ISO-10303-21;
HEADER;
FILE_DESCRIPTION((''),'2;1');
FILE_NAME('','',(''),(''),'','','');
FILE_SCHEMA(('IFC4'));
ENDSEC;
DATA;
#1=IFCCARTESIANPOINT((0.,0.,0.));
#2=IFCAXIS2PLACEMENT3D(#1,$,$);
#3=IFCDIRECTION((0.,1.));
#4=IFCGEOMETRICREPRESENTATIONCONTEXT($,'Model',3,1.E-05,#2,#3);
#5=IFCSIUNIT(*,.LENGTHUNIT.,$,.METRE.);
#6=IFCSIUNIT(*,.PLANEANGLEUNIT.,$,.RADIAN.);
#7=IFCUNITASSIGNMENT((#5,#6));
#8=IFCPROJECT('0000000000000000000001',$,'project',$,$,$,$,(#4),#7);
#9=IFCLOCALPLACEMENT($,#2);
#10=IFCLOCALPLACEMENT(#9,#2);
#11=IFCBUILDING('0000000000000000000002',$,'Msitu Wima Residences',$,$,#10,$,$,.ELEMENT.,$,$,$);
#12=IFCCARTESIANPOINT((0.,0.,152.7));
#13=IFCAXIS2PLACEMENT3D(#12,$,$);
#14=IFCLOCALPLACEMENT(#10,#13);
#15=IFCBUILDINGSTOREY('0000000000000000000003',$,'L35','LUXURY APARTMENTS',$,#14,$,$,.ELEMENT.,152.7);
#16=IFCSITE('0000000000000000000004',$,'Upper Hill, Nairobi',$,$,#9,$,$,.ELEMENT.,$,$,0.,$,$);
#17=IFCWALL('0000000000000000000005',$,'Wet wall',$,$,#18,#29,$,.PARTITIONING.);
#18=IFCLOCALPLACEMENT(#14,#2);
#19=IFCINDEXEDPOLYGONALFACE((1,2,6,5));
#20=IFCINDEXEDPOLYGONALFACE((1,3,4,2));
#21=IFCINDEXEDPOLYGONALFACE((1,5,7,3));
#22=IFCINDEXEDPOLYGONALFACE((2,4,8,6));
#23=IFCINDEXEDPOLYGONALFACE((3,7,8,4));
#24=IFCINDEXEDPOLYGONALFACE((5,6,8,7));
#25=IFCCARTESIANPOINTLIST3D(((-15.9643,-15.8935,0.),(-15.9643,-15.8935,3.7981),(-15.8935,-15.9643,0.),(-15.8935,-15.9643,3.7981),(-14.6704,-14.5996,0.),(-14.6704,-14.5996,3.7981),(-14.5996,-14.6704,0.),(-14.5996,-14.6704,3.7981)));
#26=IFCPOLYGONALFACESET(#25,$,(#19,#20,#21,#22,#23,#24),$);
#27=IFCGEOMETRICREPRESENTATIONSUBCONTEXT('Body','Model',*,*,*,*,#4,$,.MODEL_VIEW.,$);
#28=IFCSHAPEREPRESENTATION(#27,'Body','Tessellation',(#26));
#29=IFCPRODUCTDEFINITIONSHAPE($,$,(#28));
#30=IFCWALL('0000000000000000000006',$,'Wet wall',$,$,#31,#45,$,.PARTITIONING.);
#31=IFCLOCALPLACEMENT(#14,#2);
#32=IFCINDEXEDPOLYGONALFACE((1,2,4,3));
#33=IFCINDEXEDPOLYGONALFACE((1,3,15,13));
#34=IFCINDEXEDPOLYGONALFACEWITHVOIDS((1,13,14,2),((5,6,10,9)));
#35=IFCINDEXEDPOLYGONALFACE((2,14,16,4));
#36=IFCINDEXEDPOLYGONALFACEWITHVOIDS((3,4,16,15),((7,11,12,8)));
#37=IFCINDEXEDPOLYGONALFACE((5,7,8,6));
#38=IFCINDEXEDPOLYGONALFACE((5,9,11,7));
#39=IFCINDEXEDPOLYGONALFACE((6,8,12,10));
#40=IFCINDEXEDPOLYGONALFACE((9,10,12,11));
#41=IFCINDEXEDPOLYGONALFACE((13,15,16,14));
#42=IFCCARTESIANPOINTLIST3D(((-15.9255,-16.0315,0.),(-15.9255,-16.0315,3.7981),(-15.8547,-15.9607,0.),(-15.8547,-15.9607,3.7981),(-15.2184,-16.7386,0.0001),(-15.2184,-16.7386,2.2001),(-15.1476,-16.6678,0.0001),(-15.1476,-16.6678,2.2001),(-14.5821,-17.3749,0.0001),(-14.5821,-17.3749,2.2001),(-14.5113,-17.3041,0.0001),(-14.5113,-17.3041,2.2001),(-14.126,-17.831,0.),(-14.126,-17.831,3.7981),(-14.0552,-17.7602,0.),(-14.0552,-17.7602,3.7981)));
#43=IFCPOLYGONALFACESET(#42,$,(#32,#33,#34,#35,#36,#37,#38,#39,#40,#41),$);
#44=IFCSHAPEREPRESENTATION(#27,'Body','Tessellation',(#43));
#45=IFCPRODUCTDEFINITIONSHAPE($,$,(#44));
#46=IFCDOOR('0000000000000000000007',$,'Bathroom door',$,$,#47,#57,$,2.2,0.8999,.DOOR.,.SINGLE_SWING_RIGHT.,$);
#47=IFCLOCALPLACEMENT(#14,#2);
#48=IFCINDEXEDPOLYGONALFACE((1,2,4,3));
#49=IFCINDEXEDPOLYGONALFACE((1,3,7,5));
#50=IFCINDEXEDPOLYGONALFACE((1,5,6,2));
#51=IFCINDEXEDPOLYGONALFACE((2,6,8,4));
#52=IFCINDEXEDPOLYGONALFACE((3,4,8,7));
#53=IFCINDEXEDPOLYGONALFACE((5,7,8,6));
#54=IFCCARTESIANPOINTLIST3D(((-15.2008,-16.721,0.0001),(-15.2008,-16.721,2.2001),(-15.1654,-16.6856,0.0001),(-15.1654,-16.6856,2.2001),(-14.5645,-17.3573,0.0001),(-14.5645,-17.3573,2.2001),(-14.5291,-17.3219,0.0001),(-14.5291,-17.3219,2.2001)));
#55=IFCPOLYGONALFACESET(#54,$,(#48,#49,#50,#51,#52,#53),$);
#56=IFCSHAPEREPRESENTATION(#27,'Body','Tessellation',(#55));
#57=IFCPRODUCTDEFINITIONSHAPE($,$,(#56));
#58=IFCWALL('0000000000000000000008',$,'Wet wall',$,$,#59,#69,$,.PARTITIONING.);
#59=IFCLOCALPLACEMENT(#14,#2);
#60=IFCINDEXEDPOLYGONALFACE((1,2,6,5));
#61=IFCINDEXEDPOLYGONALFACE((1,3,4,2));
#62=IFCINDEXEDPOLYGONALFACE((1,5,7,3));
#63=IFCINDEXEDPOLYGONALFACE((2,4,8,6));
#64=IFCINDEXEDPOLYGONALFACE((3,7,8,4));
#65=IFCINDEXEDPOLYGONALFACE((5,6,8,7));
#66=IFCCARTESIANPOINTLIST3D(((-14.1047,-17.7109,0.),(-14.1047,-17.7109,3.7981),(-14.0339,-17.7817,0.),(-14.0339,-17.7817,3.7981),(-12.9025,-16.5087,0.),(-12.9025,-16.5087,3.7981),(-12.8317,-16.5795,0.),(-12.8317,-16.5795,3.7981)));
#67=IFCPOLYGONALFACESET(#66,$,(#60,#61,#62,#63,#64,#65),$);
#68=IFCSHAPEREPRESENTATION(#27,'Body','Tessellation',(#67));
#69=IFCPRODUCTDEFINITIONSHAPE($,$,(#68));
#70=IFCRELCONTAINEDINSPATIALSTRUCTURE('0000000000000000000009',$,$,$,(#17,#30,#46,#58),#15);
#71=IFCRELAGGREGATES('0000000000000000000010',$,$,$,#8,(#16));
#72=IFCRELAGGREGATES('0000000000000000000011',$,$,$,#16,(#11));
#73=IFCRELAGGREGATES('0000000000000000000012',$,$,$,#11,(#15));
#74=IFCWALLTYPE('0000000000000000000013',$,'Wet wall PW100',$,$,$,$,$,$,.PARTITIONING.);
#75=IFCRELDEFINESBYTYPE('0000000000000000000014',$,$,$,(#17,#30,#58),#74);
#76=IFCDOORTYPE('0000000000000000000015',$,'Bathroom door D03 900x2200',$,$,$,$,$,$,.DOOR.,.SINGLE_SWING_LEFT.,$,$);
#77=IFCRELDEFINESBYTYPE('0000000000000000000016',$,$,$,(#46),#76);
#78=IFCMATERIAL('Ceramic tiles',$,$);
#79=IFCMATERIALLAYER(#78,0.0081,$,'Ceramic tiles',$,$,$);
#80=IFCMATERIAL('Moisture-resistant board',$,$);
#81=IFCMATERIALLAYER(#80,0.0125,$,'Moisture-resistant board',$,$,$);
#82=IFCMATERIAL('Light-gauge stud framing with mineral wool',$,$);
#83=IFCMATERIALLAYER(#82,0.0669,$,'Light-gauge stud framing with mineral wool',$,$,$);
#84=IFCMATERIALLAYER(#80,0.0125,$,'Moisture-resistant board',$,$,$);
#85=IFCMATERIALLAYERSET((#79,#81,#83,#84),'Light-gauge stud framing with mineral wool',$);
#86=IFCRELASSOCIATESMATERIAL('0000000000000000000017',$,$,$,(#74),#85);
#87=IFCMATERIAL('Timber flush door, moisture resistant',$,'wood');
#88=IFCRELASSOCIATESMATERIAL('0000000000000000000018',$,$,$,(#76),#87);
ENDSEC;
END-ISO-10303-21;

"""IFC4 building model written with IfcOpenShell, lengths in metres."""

from ifc_helpers import new_model, si_unit, direction, frame, frame_2d, origin, place, context, subcontext, project, spatial, rectangle, extrude, material, layer, layer_set, type_object, element, fill, save


model = new_model("IFC4")

# Units and contexts
model_context = context("Model", 3, precision=1e-05, world=origin(), true_north=direction((0.0, 1.0)))
body_context = subcontext(model_context, "Body", "Model", "MODEL_VIEW")
ifc_project = project(units=[si_unit("LENGTHUNIT", "METRE"), si_unit("PLANEANGLEUNIT", "RADIAN")], contexts=[model_context])

# Site, building, storey
site_placement = place(None, origin())
site = spatial("IfcSite", under=ifc_project, at=site_placement, Name="Upper Hill, Nairobi", CompositionType="ELEMENT", RefElevation=0.0)
building_placement = place(site_placement, origin())
building = spatial("IfcBuilding", under=site, at=building_placement, Name="Msitu Wima Residences", CompositionType="ELEMENT")
storey_placement = place(building_placement, frame((0.0, 0.0, 152.7)))
storey = spatial("IfcBuildingStorey", under=building, at=storey_placement, Name="L35", Description="LUXURY APARTMENTS", CompositionType="ELEMENT", Elevation=152.7)

# Wall
ifc_material_1 = material(Name="Ceramic tiles")
ifc_layer_1 = layer(ifc_material_1, 0.0081, Name="Ceramic tiles")
ifc_material_2 = material(Name="Moisture-resistant board")
ifc_layer_2 = layer(ifc_material_2, 0.0125, Name="Moisture-resistant board")
ifc_material_3 = material(Name="Light-gauge stud framing with mineral wool")
ifc_layer_3 = layer(ifc_material_3, 0.0669, Name="Light-gauge stud framing with mineral wool")
ifc_layer_4 = layer(ifc_material_2, 0.0125, Name="Moisture-resistant board")
ifc_layer_set_1 = layer_set([ifc_layer_1, ifc_layer_2, ifc_layer_3, ifc_layer_4], Name="Light-gauge stud framing with mineral wool")
wall_type_1 = type_object("IfcWallType", Name="Wet wall PW100", PredefinedType="PARTITIONING", material=ifc_layer_set_1)
wall_1_placement = place(storey_placement, frame((-15.929, -15.929, 0.0), z_axis=(0.0, 0.0, 1.0), x_axis=(0.707107, 0.707107, 0.0)))
element("IfcWall", 1, at=wall_1_placement, inside=storey, type_object=wall_type_1, Name="Wet wall", PredefinedType="PARTITIONING", context=body_context, shape_type="SweptSolid", body=[
    extrude(rectangle(XDim=1.8298, YDim=0.1001, at=frame_2d((0.915, 0.0))), origin(), (0.0, 0.0, 1.0), 3.7981),
])

# Wall, opening, door
wall_2_placement = place(storey_placement, frame((-15.8901, -15.9961, 0.0), z_axis=(0.0, 0.0, 1.0), x_axis=(0.707107, -0.707107, 0.0)))
wall_2 = element("IfcWall", 2, at=wall_2_placement, inside=storey, type_object=wall_type_1, Name="Wet wall", PredefinedType="PARTITIONING", context=body_context, shape_type="SweptSolid", body=[
    extrude(rectangle(XDim=2.5449, YDim=0.1001, at=frame_2d((1.2725, 0.0))), origin(), (0.0, 0.0, 1.0), 3.7981),
])
opening_1_placement = place(wall_2_placement, frame((1.0, 0.0, 0.0)))
opening_1 = element("IfcOpeningElement", 3, at=opening_1_placement, cuts=wall_2, PredefinedType="OPENING", context=body_context, shape_type="SweptSolid", body=[
    extrude(rectangle(XDim=0.8999, YDim=2.2, at=frame_2d((0.45, 1.1001))), frame((0.0, 0.0601, 0.0), z_axis=(0.0, -1.0, 0.0), x_axis=(1.0, 0.0, 0.0)), (0.0, 0.0, 1.0), 0.1201),
])
ifc_material_4 = material(Name="Timber flush door, moisture resistant", Category="wood")
door_type_1 = type_object("IfcDoorType", Name="Bathroom door D03 900x2200", OperationType="SINGLE_SWING_LEFT", PredefinedType="DOOR", material=ifc_material_4)
door_1_placement = place(opening_1_placement, origin())
door_1 = element("IfcDoor", 4, at=door_1_placement, inside=storey, type_object=door_type_1, Name="Bathroom door", OperationType="SINGLE_SWING_RIGHT", OverallHeight=2.2, OverallWidth=0.8999, PredefinedType="DOOR", context=body_context, shape_type="SweptSolid", body=[
    extrude(rectangle(XDim=0.8999, YDim=2.2, at=frame_2d((0.45, 1.1001))), frame((0.0, 0.0249, 0.0), z_axis=(0.0, -1.0, 0.0), x_axis=(1.0, 0.0, 0.0)), (0.0, 0.0, 1.0), 0.05),
])
fill(opening_1, door_1)

# Wall
wall_3_placement = place(storey_placement, frame((-14.0693, -17.7463, 0.0), z_axis=(0.0, 0.0, 1.0), x_axis=(0.707107, 0.707107, 0.0)))
element("IfcWall", 5, at=wall_3_placement, inside=storey, type_object=wall_type_1, Name="Wet wall", PredefinedType="PARTITIONING", context=body_context, shape_type="SweptSolid", body=[
    extrude(rectangle(XDim=1.7002, YDim=0.1001, at=frame_2d((0.8501, 0.0))), origin(), (0.0, 0.0, 1.0), 3.7981),
])

save(model, "model.ifc")
